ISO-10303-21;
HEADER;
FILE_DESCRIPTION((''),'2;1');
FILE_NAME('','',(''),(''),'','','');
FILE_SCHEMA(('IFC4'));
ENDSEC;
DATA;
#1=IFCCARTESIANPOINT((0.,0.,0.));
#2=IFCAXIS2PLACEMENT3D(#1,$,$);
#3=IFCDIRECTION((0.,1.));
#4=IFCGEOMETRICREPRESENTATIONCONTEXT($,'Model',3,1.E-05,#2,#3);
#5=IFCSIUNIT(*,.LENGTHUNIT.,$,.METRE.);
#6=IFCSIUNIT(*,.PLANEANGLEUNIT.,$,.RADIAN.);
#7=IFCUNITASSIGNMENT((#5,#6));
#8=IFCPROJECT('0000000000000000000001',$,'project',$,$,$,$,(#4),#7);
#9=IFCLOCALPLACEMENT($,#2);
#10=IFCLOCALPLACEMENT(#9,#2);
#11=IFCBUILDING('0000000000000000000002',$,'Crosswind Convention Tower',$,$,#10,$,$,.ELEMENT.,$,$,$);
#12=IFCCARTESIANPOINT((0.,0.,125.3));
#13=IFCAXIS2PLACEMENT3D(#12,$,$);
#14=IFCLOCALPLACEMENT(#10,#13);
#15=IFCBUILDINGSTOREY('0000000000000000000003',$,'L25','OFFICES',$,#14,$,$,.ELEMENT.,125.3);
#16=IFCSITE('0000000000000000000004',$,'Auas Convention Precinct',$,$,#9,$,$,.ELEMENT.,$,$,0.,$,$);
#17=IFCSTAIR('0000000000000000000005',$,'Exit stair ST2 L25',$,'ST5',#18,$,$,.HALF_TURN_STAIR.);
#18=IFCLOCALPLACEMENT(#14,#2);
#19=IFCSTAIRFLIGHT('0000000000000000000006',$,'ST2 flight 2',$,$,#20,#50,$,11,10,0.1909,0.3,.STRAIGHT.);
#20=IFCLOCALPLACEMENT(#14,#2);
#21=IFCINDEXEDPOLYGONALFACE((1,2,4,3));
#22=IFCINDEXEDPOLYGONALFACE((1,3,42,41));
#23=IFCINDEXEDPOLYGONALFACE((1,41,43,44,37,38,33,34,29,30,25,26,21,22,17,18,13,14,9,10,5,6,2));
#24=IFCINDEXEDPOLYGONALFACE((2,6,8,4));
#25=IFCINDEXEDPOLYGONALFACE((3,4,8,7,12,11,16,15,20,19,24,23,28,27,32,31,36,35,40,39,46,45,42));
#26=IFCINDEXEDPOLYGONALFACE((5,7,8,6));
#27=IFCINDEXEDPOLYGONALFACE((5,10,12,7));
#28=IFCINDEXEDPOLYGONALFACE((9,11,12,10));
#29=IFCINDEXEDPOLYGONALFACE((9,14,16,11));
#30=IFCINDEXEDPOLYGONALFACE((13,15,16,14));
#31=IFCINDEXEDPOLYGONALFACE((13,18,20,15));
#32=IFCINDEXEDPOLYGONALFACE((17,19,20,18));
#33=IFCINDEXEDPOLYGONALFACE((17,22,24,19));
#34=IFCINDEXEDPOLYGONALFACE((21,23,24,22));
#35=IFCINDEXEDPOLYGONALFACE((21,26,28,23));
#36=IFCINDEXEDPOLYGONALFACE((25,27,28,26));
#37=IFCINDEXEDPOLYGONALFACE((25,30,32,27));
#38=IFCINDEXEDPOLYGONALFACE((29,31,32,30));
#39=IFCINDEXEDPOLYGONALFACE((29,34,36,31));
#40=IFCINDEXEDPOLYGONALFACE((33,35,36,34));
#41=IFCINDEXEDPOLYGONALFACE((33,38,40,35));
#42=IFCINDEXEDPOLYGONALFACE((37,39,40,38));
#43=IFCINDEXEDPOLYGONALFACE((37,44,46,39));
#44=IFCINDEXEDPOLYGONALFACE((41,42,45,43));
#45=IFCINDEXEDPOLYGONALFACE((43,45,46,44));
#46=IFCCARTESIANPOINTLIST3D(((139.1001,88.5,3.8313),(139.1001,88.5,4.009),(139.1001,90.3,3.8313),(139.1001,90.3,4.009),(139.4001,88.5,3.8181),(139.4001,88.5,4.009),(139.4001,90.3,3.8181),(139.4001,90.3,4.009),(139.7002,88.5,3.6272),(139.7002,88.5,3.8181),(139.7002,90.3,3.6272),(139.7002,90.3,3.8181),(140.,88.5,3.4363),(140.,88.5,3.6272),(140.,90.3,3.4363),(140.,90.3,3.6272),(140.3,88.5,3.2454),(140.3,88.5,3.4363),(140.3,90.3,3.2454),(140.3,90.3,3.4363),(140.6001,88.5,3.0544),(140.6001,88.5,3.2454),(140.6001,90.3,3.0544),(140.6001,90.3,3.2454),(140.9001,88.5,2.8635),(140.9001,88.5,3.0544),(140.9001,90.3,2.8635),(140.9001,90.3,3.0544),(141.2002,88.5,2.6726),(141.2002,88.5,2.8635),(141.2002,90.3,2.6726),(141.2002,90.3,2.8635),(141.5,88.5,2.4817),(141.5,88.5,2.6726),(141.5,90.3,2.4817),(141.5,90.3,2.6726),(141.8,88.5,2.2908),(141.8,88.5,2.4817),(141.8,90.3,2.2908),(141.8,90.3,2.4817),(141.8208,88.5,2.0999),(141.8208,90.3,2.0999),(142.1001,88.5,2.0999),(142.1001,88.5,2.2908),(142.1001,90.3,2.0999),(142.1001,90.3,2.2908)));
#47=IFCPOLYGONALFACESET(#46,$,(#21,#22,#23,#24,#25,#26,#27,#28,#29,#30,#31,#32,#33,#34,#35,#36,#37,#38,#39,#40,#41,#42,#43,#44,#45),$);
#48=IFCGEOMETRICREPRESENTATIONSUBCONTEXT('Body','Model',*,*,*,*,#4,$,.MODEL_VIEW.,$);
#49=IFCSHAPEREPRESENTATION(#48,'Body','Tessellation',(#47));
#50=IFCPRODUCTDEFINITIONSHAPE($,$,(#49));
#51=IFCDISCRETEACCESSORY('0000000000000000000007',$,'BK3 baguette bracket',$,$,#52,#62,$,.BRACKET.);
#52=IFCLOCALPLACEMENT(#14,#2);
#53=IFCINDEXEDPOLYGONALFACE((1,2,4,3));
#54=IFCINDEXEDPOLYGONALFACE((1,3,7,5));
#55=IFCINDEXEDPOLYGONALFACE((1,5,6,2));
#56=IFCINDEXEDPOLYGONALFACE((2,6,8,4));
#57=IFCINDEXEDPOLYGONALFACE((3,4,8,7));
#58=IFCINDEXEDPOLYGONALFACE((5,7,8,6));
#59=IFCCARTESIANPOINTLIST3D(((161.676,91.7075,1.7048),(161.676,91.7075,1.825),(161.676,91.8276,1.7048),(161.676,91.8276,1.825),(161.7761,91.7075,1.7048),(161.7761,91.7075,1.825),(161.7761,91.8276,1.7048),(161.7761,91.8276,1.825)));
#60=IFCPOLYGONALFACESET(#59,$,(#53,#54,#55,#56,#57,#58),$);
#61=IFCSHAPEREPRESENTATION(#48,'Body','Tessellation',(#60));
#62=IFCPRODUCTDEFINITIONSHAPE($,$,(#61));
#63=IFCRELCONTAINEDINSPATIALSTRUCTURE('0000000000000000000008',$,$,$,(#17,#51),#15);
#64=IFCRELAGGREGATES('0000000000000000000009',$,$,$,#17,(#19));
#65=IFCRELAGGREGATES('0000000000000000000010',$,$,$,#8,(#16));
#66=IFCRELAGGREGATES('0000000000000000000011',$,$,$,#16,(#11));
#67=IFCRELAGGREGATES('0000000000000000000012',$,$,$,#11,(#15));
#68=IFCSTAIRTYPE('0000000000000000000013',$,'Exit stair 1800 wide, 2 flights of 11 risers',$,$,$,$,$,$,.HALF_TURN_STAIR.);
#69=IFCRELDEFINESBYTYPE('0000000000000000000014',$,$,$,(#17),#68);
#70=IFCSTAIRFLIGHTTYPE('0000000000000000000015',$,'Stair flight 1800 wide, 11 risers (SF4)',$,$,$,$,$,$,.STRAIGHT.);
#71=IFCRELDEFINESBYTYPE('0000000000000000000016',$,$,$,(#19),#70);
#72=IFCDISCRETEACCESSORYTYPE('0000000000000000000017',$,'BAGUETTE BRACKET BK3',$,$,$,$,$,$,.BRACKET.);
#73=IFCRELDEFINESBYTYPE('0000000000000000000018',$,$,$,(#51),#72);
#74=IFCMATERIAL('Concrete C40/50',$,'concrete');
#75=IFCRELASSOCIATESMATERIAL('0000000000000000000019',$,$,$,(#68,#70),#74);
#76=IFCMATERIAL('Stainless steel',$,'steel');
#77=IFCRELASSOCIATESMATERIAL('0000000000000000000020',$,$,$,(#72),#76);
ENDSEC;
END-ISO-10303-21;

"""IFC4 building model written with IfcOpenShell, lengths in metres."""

from ifc_helpers import new_model, si_unit, direction, frame, origin, origin_2d, place, context, subcontext, project, spatial, polyline, rectangle, outline, extrude, material, type_object, element, aggregate, save


model = new_model("IFC4")

# Units and contexts
model_context = context("Model", 3, precision=1e-05, world=origin(), true_north=direction((0.0, 1.0)))
body_context = subcontext(model_context, "Body", "Model", "MODEL_VIEW")
ifc_project = project(units=[si_unit("LENGTHUNIT", "METRE"), si_unit("PLANEANGLEUNIT", "RADIAN")], contexts=[model_context])

# Site, building, storey
site_placement = place(None, origin())
site = spatial("IfcSite", under=ifc_project, at=site_placement, Name="Auas Convention Precinct", CompositionType="ELEMENT", RefElevation=0.0)
building_placement = place(site_placement, origin())
building = spatial("IfcBuilding", under=site, at=building_placement, Name="Crosswind Convention Tower", CompositionType="ELEMENT")
storey_placement = place(building_placement, frame((0.0, 0.0, 125.3)))
storey = spatial("IfcBuildingStorey", under=building, at=storey_placement, Name="L25", Description="OFFICES", CompositionType="ELEMENT", Elevation=125.3)

# Stair, stair flight
ifc_material_1 = material(Name="Concrete C40/50", Category="concrete")
stair_type = type_object("IfcStairType", Name="Exit stair 1800 wide, 2 flights of 11 risers", PredefinedType="HALF_TURN_STAIR", material=ifc_material_1)
stair_placement = place(storey_placement, origin())
stair = element("IfcStair", 1, at=stair_placement, inside=storey, type_object=stair_type, Name="Exit stair ST2 L25", ObjectType="ST5", PredefinedType="HALF_TURN_STAIR")
stair_flight_type = type_object("IfcStairFlightType", Name="Stair flight 1800 wide, 11 risers (SF4)", PredefinedType="STRAIGHT", material=ifc_material_1)
stair_flight_1_placement = place(storey_placement, frame((142.1001, 89.3999, 2.0999), z_axis=(0.0, 0.0, 1.0), x_axis=(-1.0, 0.0, 0.0)))
stair_flight_1 = element("IfcStairFlight", 2, at=stair_flight_1_placement, type_object=stair_flight_type, Name="ST2 flight 2", NumberOfRisers=11, NumberOfTreads=10, PredefinedType="STRAIGHT", RiserHeight=0.1909, TreadLength=0.3, context=body_context, shape_type="SweptSolid", body=[
    extrude(outline(polyline([(0.0, 0.0), (0.0, 0.1909), (0.3, 0.1909), (0.3, 0.3818), (0.6001, 0.3818), (0.6001, 0.5728), (0.8999, 0.5728), (0.8999, 0.7637), (1.2, 0.7637), (1.2, 0.9546), (1.5, 0.9546), (1.5, 1.1455), (1.8, 1.1455), (1.8, 1.3364), (2.1001, 1.3364), (2.1001, 1.5273), (2.3999, 1.5273), (2.3999, 1.7183), (2.7, 1.7183), (2.7, 1.9092), (3.0, 1.9092), (3.0, 2.1001), (3.0, 1.7314), (0.2793, 0.0), (0.0, 0.0)])), frame((0.0, 0.8999, 0.0), z_axis=(0.0, -1.0, 0.0), x_axis=(1.0, 0.0, 0.0)), (0.0, 0.0, 1.0), 1.8),
])
aggregate(stair, [stair_flight_1])

# Shared definitions
ifc_material_2 = material(Name="Stainless steel", Category="steel")

# Discrete accessory
discrete_accessory_type = type_object("IfcDiscreteAccessoryType", Name="BAGUETTE BRACKET BK3", PredefinedType="BRACKET", material=ifc_material_2)
discrete_accessory_placement = place(storey_placement, frame((161.7261, 91.7676, 1.7048), z_axis=(0.0, 0.0, 1.0), x_axis=(0.0, 1.0, 0.0)))
element("IfcDiscreteAccessory", 3, at=discrete_accessory_placement, inside=storey, type_object=discrete_accessory_type, Name="BK3 baguette bracket", PredefinedType="BRACKET", context=body_context, shape_type="SweptSolid", body=[
    extrude(rectangle(XDim=0.1201, YDim=0.1001, at=origin_2d()), origin(), (0.0, 0.0, 1.0), 0.1201),
])

save(model, "model.ifc")
